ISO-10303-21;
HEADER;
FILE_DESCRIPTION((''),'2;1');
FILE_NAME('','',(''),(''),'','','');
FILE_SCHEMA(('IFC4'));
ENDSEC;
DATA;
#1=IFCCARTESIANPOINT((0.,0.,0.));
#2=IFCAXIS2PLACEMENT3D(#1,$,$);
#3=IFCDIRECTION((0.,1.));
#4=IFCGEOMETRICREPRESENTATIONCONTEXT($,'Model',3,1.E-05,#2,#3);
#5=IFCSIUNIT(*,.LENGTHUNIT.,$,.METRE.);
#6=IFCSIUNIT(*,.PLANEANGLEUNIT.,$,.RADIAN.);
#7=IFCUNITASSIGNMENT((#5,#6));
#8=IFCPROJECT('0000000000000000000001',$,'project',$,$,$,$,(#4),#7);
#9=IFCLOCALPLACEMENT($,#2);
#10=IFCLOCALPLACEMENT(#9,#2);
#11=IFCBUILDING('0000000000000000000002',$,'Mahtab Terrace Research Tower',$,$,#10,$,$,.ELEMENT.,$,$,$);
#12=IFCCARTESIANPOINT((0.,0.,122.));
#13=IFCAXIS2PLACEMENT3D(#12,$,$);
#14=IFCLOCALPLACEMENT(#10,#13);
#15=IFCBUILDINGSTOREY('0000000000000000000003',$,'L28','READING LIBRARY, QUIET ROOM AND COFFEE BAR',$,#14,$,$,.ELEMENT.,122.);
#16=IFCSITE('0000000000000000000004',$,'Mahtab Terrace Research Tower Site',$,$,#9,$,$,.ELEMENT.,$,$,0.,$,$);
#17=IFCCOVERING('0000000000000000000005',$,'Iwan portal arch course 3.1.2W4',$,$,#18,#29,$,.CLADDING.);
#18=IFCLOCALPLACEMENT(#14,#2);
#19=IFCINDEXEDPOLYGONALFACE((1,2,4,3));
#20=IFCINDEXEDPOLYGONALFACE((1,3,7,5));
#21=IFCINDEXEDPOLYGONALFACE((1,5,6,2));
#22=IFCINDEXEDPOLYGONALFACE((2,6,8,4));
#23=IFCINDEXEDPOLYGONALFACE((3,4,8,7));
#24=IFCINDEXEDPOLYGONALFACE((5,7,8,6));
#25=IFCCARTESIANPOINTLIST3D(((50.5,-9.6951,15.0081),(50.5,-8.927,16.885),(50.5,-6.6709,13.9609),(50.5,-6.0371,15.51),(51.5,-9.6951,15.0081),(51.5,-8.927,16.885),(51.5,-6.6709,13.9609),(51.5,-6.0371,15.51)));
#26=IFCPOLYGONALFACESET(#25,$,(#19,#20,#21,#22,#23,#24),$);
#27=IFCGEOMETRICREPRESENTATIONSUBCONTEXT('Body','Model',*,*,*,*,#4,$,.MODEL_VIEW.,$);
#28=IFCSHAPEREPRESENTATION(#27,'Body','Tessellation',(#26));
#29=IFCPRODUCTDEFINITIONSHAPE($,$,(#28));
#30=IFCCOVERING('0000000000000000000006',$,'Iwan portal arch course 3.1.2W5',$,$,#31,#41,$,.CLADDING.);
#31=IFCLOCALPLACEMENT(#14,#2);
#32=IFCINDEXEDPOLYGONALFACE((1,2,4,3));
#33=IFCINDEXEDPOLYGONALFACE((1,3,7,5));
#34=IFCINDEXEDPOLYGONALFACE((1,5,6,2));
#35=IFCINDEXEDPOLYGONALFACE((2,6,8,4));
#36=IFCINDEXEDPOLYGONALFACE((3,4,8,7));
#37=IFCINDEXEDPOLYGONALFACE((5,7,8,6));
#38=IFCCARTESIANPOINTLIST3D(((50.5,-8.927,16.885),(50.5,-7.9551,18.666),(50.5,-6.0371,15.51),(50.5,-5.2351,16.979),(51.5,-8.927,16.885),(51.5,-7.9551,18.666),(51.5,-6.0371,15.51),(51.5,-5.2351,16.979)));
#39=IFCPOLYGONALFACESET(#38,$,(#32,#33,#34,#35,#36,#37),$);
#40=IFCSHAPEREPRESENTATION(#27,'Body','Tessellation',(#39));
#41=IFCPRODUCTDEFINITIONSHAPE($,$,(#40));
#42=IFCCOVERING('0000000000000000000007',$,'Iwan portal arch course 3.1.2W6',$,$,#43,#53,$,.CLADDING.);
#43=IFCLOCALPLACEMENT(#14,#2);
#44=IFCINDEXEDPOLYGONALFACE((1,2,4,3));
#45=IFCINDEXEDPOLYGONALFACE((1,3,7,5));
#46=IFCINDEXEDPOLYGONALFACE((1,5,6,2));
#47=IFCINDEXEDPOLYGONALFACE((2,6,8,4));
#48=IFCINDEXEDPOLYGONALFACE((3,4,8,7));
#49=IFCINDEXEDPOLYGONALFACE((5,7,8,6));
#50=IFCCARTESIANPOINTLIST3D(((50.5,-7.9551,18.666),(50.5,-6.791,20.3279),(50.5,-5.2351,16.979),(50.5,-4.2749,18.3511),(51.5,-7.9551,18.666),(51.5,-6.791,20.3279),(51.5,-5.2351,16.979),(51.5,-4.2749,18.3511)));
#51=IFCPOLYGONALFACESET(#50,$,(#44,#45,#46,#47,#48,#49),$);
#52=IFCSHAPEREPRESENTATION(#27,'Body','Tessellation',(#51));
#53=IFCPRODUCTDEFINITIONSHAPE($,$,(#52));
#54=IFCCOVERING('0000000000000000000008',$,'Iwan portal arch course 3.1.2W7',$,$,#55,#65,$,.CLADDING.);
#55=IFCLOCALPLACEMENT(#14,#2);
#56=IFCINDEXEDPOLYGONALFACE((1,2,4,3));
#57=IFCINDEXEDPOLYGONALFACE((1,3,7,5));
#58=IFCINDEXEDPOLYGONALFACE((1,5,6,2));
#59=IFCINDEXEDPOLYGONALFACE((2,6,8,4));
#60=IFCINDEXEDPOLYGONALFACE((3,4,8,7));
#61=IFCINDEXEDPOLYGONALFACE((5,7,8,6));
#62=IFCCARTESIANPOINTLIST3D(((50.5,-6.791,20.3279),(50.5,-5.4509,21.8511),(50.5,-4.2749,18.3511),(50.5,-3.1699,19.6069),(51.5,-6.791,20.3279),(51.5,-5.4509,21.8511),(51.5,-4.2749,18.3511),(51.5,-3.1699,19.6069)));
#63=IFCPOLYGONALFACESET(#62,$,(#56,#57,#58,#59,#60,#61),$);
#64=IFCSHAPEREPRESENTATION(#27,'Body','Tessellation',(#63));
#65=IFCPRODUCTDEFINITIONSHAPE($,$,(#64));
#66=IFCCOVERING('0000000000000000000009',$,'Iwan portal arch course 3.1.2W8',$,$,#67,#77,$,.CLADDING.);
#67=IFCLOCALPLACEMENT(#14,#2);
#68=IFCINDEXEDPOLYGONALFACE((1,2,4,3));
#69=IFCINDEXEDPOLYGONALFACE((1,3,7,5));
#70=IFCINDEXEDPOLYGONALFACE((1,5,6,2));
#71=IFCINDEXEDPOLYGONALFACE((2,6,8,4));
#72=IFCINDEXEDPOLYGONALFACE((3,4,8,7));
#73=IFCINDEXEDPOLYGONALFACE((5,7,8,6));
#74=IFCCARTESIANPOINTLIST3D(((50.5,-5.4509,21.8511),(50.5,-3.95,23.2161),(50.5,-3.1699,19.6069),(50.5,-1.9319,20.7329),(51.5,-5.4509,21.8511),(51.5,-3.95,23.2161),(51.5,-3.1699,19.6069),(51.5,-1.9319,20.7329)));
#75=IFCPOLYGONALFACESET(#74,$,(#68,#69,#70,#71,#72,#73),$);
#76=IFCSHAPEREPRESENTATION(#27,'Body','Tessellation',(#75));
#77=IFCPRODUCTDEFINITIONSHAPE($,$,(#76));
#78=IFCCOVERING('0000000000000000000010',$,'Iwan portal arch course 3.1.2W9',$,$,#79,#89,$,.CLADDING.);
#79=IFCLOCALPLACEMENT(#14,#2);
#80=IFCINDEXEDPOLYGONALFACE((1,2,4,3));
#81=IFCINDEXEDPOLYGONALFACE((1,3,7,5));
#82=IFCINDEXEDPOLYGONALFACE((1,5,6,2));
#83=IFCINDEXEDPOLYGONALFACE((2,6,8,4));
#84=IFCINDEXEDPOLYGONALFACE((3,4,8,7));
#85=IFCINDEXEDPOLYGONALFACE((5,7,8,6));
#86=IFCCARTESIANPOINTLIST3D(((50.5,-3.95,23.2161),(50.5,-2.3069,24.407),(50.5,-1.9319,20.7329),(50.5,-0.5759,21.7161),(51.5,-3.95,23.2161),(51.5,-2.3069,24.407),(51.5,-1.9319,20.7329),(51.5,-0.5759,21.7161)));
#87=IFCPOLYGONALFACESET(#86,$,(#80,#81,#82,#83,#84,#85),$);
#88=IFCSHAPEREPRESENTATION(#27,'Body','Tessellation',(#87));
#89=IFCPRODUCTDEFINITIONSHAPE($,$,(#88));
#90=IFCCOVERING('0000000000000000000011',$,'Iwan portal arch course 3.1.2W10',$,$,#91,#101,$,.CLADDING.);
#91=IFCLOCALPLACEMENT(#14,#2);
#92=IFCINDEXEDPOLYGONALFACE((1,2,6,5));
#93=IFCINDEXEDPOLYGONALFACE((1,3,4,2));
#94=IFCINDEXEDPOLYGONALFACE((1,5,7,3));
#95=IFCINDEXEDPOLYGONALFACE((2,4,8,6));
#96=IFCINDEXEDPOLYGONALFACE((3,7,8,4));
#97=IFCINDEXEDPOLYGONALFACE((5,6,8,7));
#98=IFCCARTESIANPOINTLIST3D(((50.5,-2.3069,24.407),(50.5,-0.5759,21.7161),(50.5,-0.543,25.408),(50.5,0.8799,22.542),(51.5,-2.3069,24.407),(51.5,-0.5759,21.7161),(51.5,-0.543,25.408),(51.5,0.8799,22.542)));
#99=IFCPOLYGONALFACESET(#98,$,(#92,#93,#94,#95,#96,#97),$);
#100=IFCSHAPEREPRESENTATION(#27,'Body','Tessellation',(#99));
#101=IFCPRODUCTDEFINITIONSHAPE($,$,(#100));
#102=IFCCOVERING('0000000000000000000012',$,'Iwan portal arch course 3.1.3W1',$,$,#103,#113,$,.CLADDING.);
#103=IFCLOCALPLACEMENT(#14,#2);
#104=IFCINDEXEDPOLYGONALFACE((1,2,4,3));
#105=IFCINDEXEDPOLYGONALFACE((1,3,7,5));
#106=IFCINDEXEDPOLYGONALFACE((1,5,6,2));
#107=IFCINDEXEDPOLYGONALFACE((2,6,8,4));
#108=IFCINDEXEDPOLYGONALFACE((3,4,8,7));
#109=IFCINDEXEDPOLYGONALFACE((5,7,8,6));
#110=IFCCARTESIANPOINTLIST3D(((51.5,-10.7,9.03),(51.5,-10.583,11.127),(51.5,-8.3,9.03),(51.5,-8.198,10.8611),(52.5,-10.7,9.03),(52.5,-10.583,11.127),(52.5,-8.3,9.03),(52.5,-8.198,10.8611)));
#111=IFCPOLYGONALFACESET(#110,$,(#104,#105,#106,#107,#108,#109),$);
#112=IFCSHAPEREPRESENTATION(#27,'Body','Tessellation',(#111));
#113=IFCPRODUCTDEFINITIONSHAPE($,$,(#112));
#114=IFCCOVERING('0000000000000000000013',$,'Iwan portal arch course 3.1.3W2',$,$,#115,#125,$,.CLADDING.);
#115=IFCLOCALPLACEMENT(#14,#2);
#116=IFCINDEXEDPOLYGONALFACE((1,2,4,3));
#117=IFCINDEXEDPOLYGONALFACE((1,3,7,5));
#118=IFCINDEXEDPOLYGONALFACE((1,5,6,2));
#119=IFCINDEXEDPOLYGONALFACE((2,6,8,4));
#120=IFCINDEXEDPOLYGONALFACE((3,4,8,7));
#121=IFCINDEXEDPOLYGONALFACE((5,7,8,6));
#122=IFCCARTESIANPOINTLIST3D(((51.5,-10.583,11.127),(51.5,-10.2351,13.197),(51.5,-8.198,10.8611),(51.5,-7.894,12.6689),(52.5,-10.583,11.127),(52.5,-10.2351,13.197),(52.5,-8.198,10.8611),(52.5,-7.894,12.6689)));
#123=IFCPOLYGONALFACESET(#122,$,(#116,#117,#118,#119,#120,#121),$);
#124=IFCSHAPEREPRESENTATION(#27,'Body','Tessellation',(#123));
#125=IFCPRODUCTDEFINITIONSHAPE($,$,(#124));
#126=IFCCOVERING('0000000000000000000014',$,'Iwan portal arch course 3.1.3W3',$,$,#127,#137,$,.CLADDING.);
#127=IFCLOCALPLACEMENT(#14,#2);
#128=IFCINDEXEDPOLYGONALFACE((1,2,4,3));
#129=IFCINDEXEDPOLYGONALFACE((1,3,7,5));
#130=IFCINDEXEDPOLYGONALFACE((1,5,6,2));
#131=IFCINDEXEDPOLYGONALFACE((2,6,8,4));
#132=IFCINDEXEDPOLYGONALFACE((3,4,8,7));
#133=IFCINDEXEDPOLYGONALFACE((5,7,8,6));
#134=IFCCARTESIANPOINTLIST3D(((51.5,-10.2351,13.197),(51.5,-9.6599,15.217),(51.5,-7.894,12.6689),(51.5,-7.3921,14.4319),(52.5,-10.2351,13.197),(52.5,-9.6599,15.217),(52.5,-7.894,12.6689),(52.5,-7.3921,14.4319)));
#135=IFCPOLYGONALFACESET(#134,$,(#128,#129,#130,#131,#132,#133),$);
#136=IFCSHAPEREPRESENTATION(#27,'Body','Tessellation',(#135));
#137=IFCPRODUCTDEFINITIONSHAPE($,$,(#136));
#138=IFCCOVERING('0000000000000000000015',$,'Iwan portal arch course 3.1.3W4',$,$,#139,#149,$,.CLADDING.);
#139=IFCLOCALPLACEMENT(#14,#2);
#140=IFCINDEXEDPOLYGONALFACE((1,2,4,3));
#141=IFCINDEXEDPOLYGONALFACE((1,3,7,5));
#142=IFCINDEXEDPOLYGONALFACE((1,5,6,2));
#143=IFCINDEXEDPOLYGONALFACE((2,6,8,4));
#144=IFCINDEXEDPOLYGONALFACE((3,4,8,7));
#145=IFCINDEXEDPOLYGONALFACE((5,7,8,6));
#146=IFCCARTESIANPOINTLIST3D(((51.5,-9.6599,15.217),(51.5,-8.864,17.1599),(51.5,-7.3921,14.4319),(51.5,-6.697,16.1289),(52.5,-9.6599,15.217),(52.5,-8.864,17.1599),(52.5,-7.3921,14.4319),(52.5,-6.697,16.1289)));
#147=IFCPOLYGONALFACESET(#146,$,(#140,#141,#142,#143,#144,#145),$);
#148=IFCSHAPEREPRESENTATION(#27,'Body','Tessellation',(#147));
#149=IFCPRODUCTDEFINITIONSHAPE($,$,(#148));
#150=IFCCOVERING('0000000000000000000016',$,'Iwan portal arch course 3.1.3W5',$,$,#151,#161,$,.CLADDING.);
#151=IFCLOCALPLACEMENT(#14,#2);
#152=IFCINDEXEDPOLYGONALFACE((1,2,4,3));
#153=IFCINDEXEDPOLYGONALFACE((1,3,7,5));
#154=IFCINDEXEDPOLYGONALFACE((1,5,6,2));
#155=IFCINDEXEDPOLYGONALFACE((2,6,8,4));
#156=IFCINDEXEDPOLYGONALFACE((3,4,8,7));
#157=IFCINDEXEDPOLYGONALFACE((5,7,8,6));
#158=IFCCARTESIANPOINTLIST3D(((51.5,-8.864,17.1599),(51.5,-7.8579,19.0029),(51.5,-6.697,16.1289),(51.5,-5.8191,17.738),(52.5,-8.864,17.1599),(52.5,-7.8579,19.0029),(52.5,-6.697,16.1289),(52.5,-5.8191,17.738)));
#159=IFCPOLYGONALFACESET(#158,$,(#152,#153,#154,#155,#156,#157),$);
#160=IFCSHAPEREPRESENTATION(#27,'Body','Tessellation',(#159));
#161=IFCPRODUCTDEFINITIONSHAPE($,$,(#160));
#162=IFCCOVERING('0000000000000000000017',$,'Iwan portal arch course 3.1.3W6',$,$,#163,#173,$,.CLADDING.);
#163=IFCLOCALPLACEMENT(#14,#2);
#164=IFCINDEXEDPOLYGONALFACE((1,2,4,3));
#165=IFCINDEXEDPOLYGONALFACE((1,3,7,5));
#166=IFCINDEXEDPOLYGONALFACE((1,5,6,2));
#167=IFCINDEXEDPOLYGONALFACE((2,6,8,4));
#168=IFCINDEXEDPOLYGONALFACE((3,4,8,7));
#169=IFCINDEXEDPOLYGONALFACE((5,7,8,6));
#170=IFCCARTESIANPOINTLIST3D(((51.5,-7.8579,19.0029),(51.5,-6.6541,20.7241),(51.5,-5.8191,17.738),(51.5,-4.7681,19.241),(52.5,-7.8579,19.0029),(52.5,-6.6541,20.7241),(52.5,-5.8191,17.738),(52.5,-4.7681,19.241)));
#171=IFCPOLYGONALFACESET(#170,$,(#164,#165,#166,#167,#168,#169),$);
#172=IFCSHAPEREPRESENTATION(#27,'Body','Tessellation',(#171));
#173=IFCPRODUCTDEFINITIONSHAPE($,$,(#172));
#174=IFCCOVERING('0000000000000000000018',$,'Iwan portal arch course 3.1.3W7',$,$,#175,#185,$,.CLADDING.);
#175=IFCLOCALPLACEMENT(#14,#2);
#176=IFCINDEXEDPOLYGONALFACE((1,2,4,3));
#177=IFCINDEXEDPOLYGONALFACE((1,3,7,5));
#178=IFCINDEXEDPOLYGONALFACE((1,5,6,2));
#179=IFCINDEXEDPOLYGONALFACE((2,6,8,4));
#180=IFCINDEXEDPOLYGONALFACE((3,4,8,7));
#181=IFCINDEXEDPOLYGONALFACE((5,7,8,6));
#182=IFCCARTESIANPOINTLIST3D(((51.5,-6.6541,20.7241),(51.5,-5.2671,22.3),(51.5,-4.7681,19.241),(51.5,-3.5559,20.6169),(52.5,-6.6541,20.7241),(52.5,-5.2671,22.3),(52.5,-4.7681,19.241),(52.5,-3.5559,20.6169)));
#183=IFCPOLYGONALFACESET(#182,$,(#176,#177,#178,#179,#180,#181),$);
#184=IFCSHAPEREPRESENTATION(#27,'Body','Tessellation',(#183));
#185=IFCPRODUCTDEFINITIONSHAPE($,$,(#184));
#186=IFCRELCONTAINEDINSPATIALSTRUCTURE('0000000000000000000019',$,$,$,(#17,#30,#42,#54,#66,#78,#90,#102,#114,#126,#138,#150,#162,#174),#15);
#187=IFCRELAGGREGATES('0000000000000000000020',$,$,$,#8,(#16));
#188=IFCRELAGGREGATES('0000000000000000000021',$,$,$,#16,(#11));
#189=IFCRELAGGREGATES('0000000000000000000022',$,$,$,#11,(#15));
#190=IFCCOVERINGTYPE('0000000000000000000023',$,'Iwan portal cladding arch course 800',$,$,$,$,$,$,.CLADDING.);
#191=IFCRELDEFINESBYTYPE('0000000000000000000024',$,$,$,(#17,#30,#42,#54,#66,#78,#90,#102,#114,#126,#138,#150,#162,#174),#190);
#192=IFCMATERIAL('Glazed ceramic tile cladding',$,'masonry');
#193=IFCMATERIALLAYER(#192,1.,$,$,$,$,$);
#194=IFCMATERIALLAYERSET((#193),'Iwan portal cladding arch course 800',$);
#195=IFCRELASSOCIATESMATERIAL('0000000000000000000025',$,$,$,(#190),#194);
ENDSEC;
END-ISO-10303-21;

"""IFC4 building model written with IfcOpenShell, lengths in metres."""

from ifc_helpers import new_model, si_unit, direction, frame, origin, place, context, subcontext, project, spatial, polyline, outline, extrude, material, layer, layer_set, type_object, element, save


model = new_model("IFC4")

# Units and contexts
model_context = context("Model", 3, precision=1e-05, world=origin(), true_north=direction((0.0, 1.0)))
body_context = subcontext(model_context, "Body", "Model", "MODEL_VIEW")
ifc_project = project(units=[si_unit("LENGTHUNIT", "METRE"), si_unit("PLANEANGLEUNIT", "RADIAN")], contexts=[model_context])

# Site, building, storey
site_placement = place(None, origin())
site = spatial("IfcSite", under=ifc_project, at=site_placement, Name="Mahtab Terrace Research Tower Site", CompositionType="ELEMENT", RefElevation=0.0)
building_placement = place(site_placement, origin())
building = spatial("IfcBuilding", under=site, at=building_placement, Name="Mahtab Terrace Research Tower", CompositionType="ELEMENT")
storey_placement = place(building_placement, frame((0.0, 0.0, 122.0)))
storey = spatial("IfcBuildingStorey", under=building, at=storey_placement, Name="L28", Description="READING LIBRARY, QUIET ROOM AND COFFEE BAR", CompositionType="ELEMENT", Elevation=122.0)

# Coverings
ifc_material_1 = material(Name="Glazed ceramic tile cladding", Category="masonry")
ifc_layer_1 = layer(ifc_material_1, 1.0)
ifc_layer_set_1 = layer_set([ifc_layer_1], Name="Iwan portal cladding arch course 800")
covering_type_1 = type_object("IfcCoveringType", Name="Iwan portal cladding arch course 800", PredefinedType="CLADDING", material=ifc_layer_set_1)
covering_1_placement = place(storey_placement, frame((50.5, -9.6951, 15.0081), z_axis=(-1.0, 0.0, 0.0), x_axis=(0.0, 0.378727, 0.925509)))
element("IfcCovering", 1, at=covering_1_placement, inside=storey, type_object=covering_type_1, Name="Iwan portal arch course 3.1.2W4", PredefinedType="CLADDING", context=body_context, shape_type="SweptSolid", body=[
    extrude(outline(polyline([(0.0, 0.0), (2.028, 0.0), (1.8499, 3.1954), (0.1762, 3.1955), (0.0, 0.0)])), origin(), (0.0, 0.0, -1.0), 1.0),
])
covering_2_placement = place(storey_placement, frame((50.5, -8.927, 16.885), z_axis=(-1.0, 0.0, 0.0), x_axis=(0.0, 0.479029, 0.877799)))
element("IfcCovering", 2, at=covering_2_placement, inside=storey, type_object=covering_type_1, Name="Iwan portal arch course 3.1.2W5", PredefinedType="CLADDING", context=body_context, shape_type="SweptSolid", body=[
    extrude(outline(polyline([(0.0, 0.0), (2.0289, 0.0), (1.851, 3.1957), (0.1774, 3.1954), (0.0, 0.0)])), origin(), (0.0, 0.0, -1.0), 1.0),
])
covering_3_placement = place(storey_placement, frame((50.5, -7.9551, 18.666), z_axis=(-1.0, 0.0, 0.0), x_axis=(0.0, 0.573713, 0.819057)))
element("IfcCovering", 3, at=covering_3_placement, inside=storey, type_object=covering_type_1, Name="Iwan portal arch course 3.1.2W6", PredefinedType="CLADDING", context=body_context, shape_type="SweptSolid", body=[
    extrude(outline(polyline([(0.0, 0.0), (2.029, 0.0), (1.8534, 3.195), (0.1787, 3.1957), (0.0, 0.0)])), origin(), (0.0, 0.0, -1.0), 1.0),
])
covering_4_placement = place(storey_placement, frame((50.5, -6.791, 20.3279), z_axis=(-1.0, 0.0, 0.0), x_axis=(0.0, 0.660538, 0.750792)))
element("IfcCovering", 4, at=covering_4_placement, inside=storey, type_object=covering_type_1, Name="Iwan portal arch course 3.1.2W7", PredefinedType="CLADDING", context=body_context, shape_type="SweptSolid", body=[
    extrude(outline(polyline([(0.0, 0.0), (2.0288, 0.0), (1.8506, 3.1949), (0.1778, 3.1948), (0.0, 0.0)])), origin(), (0.0, 0.0, -1.0), 1.0),
])
covering_5_placement = place(storey_placement, frame((50.5, -5.4509, 21.8511), z_axis=(-1.0, 0.0, 0.0), x_axis=(0.0, 0.739826, 0.672799)))
element("IfcCovering", 5, at=covering_5_placement, inside=storey, type_object=covering_type_1, Name="Iwan portal arch course 3.1.2W8", PredefinedType="CLADDING", context=body_context, shape_type="SweptSolid", body=[
    extrude(outline(polyline([(0.0, 0.0), (2.0288, 0.0), (1.8512, 3.1949), (0.1777, 3.1949), (0.0, 0.0)])), origin(), (0.0, 0.0, -1.0), 1.0),
])
covering_6_placement = place(storey_placement, frame((50.5, -3.95, 23.2161), z_axis=(-1.0, 0.0, 0.0), x_axis=(0.0, 0.809682, 0.586869)))
element("IfcCovering", 6, at=covering_6_placement, inside=storey, type_object=covering_type_1, Name="Iwan portal arch course 3.1.2W9", PredefinedType="CLADDING", context=body_context, shape_type="SweptSolid", body=[
    extrude(outline(polyline([(0.0, 0.0), (2.0293, 0.0), (1.8516, 3.1946), (0.1767, 3.1949), (0.0, 0.0)])), origin(), (0.0, 0.0, -1.0), 1.0),
])
covering_7_placement = place(storey_placement, frame((50.5, -2.3069, 24.407), z_axis=(-1.0, 0.0, 0.0), x_axis=(0.0, 0.869721, 0.493544)))
element("IfcCovering", 7, at=covering_7_placement, inside=storey, type_object=covering_type_1, Name="Iwan portal arch course 3.1.2W10", PredefinedType="CLADDING", context=body_context, shape_type="SweptSolid", body=[
    extrude(outline(polyline([(0.0, 0.0), (2.0281, 0.0), (1.8511, 3.1948), (0.1774, 3.1947), (0.0, 0.0)])), origin(), (0.0, 0.0, -1.0), 1.0),
])
covering_8_placement = place(storey_placement, frame((51.5, -10.7, 9.03), z_axis=(-1.0, 0.0, 0.0), x_axis=(0.0, 0.055682, 0.998449)))
element("IfcCovering", 8, at=covering_8_placement, inside=storey, type_object=covering_type_1, Name="Iwan portal arch course 3.1.3W1", PredefinedType="CLADDING", context=body_context, shape_type="SweptSolid", body=[
    extrude(outline(polyline([(0.0, 0.0), (2.1002, 0.0), (1.9675, 2.3961), (0.1336, 2.3962), (0.0, 0.0)])), origin(), (0.0, 0.0, -1.0), 1.0),
])
covering_9_placement = place(storey_placement, frame((51.5, -10.583, 11.127), z_axis=(-1.0, 0.0, 0.0), x_axis=(0.0, 0.165738, 0.98617)))
element("IfcCovering", 9, at=covering_9_placement, inside=storey, type_object=covering_type_1, Name="Iwan portal arch course 3.1.3W2", PredefinedType="CLADDING", context=body_context, shape_type="SweptSolid", body=[
    extrude(outline(polyline([(0.0, 0.0), (2.0991, 0.0), (1.9663, 2.3962), (0.1331, 2.3961), (0.0, 0.0)])), origin(), (0.0, 0.0, -1.0), 1.0),
])
covering_10_placement = place(storey_placement, frame((51.5, -10.2351, 13.197), z_axis=(-1.0, 0.0, 0.0), x_axis=(0.0, 0.273861, 0.961769)))
element("IfcCovering", 10, at=covering_10_placement, inside=storey, type_object=covering_type_1, Name="Iwan portal arch course 3.1.3W3", PredefinedType="CLADDING", context=body_context, shape_type="SweptSolid", body=[
    extrude(outline(polyline([(0.0, 0.0), (2.1003, 0.0), (1.9662, 2.3961), (0.1332, 2.3962), (0.0, 0.0)])), origin(), (0.0, 0.0, -1.0), 1.0),
])
covering_11_placement = place(storey_placement, frame((51.5, -9.6599, 15.217), z_axis=(-1.0, 0.0, 0.0), x_axis=(0.0, 0.379077, 0.925365)))
element("IfcCovering", 11, at=covering_11_placement, inside=storey, type_object=covering_type_1, Name="Iwan portal arch course 3.1.3W4", PredefinedType="CLADDING", context=body_context, shape_type="SweptSolid", body=[
    extrude(outline(polyline([(0.0, 0.0), (2.0996, 0.0), (1.967, 2.3961), (0.1331, 2.3962), (0.0, 0.0)])), origin(), (0.0, 0.0, -1.0), 1.0),
])
covering_12_placement = place(storey_placement, frame((51.5, -8.864, 17.1599), z_axis=(-1.0, 0.0, 0.0), x_axis=(0.0, 0.479154, 0.877731)))
element("IfcCovering", 12, at=covering_12_placement, inside=storey, type_object=covering_type_1, Name="Iwan portal arch course 3.1.3W5", PredefinedType="CLADDING", context=body_context, shape_type="SweptSolid", body=[
    extrude(outline(polyline([(0.0, 0.0), (2.0998, 0.0), (1.9664, 2.3956), (0.1334, 2.396), (0.0, 0.0)])), origin(), (0.0, 0.0, -1.0), 1.0),
])
covering_13_placement = place(storey_placement, frame((51.5, -7.8579, 19.0029), z_axis=(-1.0, 0.0, 0.0), x_axis=(0.0, 0.57315, 0.81945)))
element("IfcCovering", 13, at=covering_13_placement, inside=storey, type_object=covering_type_1, Name="Iwan portal arch course 3.1.3W6", PredefinedType="CLADDING", context=body_context, shape_type="SweptSolid", body=[
    extrude(outline(polyline([(0.0, 0.0), (2.1004, 0.0), (1.966, 2.3955), (0.132, 2.3957), (0.0, 0.0)])), origin(), (0.0, 0.0, -1.0), 1.0),
])
covering_14_placement = place(storey_placement, frame((51.5, -6.6541, 20.7241), z_axis=(-1.0, 0.0, 0.0), x_axis=(0.0, 0.660667, 0.750679)))
element("IfcCovering", 14, at=covering_14_placement, inside=storey, type_object=covering_type_1, Name="Iwan portal arch course 3.1.3W7", PredefinedType="CLADDING", context=body_context, shape_type="SweptSolid", body=[
    extrude(outline(polyline([(0.0, 0.0), (2.0993, 0.0), (1.9664, 2.3965), (0.1326, 2.3956), (0.0, 0.0)])), origin(), (0.0, 0.0, -1.0), 1.0),
])

save(model, "model.ifc")
